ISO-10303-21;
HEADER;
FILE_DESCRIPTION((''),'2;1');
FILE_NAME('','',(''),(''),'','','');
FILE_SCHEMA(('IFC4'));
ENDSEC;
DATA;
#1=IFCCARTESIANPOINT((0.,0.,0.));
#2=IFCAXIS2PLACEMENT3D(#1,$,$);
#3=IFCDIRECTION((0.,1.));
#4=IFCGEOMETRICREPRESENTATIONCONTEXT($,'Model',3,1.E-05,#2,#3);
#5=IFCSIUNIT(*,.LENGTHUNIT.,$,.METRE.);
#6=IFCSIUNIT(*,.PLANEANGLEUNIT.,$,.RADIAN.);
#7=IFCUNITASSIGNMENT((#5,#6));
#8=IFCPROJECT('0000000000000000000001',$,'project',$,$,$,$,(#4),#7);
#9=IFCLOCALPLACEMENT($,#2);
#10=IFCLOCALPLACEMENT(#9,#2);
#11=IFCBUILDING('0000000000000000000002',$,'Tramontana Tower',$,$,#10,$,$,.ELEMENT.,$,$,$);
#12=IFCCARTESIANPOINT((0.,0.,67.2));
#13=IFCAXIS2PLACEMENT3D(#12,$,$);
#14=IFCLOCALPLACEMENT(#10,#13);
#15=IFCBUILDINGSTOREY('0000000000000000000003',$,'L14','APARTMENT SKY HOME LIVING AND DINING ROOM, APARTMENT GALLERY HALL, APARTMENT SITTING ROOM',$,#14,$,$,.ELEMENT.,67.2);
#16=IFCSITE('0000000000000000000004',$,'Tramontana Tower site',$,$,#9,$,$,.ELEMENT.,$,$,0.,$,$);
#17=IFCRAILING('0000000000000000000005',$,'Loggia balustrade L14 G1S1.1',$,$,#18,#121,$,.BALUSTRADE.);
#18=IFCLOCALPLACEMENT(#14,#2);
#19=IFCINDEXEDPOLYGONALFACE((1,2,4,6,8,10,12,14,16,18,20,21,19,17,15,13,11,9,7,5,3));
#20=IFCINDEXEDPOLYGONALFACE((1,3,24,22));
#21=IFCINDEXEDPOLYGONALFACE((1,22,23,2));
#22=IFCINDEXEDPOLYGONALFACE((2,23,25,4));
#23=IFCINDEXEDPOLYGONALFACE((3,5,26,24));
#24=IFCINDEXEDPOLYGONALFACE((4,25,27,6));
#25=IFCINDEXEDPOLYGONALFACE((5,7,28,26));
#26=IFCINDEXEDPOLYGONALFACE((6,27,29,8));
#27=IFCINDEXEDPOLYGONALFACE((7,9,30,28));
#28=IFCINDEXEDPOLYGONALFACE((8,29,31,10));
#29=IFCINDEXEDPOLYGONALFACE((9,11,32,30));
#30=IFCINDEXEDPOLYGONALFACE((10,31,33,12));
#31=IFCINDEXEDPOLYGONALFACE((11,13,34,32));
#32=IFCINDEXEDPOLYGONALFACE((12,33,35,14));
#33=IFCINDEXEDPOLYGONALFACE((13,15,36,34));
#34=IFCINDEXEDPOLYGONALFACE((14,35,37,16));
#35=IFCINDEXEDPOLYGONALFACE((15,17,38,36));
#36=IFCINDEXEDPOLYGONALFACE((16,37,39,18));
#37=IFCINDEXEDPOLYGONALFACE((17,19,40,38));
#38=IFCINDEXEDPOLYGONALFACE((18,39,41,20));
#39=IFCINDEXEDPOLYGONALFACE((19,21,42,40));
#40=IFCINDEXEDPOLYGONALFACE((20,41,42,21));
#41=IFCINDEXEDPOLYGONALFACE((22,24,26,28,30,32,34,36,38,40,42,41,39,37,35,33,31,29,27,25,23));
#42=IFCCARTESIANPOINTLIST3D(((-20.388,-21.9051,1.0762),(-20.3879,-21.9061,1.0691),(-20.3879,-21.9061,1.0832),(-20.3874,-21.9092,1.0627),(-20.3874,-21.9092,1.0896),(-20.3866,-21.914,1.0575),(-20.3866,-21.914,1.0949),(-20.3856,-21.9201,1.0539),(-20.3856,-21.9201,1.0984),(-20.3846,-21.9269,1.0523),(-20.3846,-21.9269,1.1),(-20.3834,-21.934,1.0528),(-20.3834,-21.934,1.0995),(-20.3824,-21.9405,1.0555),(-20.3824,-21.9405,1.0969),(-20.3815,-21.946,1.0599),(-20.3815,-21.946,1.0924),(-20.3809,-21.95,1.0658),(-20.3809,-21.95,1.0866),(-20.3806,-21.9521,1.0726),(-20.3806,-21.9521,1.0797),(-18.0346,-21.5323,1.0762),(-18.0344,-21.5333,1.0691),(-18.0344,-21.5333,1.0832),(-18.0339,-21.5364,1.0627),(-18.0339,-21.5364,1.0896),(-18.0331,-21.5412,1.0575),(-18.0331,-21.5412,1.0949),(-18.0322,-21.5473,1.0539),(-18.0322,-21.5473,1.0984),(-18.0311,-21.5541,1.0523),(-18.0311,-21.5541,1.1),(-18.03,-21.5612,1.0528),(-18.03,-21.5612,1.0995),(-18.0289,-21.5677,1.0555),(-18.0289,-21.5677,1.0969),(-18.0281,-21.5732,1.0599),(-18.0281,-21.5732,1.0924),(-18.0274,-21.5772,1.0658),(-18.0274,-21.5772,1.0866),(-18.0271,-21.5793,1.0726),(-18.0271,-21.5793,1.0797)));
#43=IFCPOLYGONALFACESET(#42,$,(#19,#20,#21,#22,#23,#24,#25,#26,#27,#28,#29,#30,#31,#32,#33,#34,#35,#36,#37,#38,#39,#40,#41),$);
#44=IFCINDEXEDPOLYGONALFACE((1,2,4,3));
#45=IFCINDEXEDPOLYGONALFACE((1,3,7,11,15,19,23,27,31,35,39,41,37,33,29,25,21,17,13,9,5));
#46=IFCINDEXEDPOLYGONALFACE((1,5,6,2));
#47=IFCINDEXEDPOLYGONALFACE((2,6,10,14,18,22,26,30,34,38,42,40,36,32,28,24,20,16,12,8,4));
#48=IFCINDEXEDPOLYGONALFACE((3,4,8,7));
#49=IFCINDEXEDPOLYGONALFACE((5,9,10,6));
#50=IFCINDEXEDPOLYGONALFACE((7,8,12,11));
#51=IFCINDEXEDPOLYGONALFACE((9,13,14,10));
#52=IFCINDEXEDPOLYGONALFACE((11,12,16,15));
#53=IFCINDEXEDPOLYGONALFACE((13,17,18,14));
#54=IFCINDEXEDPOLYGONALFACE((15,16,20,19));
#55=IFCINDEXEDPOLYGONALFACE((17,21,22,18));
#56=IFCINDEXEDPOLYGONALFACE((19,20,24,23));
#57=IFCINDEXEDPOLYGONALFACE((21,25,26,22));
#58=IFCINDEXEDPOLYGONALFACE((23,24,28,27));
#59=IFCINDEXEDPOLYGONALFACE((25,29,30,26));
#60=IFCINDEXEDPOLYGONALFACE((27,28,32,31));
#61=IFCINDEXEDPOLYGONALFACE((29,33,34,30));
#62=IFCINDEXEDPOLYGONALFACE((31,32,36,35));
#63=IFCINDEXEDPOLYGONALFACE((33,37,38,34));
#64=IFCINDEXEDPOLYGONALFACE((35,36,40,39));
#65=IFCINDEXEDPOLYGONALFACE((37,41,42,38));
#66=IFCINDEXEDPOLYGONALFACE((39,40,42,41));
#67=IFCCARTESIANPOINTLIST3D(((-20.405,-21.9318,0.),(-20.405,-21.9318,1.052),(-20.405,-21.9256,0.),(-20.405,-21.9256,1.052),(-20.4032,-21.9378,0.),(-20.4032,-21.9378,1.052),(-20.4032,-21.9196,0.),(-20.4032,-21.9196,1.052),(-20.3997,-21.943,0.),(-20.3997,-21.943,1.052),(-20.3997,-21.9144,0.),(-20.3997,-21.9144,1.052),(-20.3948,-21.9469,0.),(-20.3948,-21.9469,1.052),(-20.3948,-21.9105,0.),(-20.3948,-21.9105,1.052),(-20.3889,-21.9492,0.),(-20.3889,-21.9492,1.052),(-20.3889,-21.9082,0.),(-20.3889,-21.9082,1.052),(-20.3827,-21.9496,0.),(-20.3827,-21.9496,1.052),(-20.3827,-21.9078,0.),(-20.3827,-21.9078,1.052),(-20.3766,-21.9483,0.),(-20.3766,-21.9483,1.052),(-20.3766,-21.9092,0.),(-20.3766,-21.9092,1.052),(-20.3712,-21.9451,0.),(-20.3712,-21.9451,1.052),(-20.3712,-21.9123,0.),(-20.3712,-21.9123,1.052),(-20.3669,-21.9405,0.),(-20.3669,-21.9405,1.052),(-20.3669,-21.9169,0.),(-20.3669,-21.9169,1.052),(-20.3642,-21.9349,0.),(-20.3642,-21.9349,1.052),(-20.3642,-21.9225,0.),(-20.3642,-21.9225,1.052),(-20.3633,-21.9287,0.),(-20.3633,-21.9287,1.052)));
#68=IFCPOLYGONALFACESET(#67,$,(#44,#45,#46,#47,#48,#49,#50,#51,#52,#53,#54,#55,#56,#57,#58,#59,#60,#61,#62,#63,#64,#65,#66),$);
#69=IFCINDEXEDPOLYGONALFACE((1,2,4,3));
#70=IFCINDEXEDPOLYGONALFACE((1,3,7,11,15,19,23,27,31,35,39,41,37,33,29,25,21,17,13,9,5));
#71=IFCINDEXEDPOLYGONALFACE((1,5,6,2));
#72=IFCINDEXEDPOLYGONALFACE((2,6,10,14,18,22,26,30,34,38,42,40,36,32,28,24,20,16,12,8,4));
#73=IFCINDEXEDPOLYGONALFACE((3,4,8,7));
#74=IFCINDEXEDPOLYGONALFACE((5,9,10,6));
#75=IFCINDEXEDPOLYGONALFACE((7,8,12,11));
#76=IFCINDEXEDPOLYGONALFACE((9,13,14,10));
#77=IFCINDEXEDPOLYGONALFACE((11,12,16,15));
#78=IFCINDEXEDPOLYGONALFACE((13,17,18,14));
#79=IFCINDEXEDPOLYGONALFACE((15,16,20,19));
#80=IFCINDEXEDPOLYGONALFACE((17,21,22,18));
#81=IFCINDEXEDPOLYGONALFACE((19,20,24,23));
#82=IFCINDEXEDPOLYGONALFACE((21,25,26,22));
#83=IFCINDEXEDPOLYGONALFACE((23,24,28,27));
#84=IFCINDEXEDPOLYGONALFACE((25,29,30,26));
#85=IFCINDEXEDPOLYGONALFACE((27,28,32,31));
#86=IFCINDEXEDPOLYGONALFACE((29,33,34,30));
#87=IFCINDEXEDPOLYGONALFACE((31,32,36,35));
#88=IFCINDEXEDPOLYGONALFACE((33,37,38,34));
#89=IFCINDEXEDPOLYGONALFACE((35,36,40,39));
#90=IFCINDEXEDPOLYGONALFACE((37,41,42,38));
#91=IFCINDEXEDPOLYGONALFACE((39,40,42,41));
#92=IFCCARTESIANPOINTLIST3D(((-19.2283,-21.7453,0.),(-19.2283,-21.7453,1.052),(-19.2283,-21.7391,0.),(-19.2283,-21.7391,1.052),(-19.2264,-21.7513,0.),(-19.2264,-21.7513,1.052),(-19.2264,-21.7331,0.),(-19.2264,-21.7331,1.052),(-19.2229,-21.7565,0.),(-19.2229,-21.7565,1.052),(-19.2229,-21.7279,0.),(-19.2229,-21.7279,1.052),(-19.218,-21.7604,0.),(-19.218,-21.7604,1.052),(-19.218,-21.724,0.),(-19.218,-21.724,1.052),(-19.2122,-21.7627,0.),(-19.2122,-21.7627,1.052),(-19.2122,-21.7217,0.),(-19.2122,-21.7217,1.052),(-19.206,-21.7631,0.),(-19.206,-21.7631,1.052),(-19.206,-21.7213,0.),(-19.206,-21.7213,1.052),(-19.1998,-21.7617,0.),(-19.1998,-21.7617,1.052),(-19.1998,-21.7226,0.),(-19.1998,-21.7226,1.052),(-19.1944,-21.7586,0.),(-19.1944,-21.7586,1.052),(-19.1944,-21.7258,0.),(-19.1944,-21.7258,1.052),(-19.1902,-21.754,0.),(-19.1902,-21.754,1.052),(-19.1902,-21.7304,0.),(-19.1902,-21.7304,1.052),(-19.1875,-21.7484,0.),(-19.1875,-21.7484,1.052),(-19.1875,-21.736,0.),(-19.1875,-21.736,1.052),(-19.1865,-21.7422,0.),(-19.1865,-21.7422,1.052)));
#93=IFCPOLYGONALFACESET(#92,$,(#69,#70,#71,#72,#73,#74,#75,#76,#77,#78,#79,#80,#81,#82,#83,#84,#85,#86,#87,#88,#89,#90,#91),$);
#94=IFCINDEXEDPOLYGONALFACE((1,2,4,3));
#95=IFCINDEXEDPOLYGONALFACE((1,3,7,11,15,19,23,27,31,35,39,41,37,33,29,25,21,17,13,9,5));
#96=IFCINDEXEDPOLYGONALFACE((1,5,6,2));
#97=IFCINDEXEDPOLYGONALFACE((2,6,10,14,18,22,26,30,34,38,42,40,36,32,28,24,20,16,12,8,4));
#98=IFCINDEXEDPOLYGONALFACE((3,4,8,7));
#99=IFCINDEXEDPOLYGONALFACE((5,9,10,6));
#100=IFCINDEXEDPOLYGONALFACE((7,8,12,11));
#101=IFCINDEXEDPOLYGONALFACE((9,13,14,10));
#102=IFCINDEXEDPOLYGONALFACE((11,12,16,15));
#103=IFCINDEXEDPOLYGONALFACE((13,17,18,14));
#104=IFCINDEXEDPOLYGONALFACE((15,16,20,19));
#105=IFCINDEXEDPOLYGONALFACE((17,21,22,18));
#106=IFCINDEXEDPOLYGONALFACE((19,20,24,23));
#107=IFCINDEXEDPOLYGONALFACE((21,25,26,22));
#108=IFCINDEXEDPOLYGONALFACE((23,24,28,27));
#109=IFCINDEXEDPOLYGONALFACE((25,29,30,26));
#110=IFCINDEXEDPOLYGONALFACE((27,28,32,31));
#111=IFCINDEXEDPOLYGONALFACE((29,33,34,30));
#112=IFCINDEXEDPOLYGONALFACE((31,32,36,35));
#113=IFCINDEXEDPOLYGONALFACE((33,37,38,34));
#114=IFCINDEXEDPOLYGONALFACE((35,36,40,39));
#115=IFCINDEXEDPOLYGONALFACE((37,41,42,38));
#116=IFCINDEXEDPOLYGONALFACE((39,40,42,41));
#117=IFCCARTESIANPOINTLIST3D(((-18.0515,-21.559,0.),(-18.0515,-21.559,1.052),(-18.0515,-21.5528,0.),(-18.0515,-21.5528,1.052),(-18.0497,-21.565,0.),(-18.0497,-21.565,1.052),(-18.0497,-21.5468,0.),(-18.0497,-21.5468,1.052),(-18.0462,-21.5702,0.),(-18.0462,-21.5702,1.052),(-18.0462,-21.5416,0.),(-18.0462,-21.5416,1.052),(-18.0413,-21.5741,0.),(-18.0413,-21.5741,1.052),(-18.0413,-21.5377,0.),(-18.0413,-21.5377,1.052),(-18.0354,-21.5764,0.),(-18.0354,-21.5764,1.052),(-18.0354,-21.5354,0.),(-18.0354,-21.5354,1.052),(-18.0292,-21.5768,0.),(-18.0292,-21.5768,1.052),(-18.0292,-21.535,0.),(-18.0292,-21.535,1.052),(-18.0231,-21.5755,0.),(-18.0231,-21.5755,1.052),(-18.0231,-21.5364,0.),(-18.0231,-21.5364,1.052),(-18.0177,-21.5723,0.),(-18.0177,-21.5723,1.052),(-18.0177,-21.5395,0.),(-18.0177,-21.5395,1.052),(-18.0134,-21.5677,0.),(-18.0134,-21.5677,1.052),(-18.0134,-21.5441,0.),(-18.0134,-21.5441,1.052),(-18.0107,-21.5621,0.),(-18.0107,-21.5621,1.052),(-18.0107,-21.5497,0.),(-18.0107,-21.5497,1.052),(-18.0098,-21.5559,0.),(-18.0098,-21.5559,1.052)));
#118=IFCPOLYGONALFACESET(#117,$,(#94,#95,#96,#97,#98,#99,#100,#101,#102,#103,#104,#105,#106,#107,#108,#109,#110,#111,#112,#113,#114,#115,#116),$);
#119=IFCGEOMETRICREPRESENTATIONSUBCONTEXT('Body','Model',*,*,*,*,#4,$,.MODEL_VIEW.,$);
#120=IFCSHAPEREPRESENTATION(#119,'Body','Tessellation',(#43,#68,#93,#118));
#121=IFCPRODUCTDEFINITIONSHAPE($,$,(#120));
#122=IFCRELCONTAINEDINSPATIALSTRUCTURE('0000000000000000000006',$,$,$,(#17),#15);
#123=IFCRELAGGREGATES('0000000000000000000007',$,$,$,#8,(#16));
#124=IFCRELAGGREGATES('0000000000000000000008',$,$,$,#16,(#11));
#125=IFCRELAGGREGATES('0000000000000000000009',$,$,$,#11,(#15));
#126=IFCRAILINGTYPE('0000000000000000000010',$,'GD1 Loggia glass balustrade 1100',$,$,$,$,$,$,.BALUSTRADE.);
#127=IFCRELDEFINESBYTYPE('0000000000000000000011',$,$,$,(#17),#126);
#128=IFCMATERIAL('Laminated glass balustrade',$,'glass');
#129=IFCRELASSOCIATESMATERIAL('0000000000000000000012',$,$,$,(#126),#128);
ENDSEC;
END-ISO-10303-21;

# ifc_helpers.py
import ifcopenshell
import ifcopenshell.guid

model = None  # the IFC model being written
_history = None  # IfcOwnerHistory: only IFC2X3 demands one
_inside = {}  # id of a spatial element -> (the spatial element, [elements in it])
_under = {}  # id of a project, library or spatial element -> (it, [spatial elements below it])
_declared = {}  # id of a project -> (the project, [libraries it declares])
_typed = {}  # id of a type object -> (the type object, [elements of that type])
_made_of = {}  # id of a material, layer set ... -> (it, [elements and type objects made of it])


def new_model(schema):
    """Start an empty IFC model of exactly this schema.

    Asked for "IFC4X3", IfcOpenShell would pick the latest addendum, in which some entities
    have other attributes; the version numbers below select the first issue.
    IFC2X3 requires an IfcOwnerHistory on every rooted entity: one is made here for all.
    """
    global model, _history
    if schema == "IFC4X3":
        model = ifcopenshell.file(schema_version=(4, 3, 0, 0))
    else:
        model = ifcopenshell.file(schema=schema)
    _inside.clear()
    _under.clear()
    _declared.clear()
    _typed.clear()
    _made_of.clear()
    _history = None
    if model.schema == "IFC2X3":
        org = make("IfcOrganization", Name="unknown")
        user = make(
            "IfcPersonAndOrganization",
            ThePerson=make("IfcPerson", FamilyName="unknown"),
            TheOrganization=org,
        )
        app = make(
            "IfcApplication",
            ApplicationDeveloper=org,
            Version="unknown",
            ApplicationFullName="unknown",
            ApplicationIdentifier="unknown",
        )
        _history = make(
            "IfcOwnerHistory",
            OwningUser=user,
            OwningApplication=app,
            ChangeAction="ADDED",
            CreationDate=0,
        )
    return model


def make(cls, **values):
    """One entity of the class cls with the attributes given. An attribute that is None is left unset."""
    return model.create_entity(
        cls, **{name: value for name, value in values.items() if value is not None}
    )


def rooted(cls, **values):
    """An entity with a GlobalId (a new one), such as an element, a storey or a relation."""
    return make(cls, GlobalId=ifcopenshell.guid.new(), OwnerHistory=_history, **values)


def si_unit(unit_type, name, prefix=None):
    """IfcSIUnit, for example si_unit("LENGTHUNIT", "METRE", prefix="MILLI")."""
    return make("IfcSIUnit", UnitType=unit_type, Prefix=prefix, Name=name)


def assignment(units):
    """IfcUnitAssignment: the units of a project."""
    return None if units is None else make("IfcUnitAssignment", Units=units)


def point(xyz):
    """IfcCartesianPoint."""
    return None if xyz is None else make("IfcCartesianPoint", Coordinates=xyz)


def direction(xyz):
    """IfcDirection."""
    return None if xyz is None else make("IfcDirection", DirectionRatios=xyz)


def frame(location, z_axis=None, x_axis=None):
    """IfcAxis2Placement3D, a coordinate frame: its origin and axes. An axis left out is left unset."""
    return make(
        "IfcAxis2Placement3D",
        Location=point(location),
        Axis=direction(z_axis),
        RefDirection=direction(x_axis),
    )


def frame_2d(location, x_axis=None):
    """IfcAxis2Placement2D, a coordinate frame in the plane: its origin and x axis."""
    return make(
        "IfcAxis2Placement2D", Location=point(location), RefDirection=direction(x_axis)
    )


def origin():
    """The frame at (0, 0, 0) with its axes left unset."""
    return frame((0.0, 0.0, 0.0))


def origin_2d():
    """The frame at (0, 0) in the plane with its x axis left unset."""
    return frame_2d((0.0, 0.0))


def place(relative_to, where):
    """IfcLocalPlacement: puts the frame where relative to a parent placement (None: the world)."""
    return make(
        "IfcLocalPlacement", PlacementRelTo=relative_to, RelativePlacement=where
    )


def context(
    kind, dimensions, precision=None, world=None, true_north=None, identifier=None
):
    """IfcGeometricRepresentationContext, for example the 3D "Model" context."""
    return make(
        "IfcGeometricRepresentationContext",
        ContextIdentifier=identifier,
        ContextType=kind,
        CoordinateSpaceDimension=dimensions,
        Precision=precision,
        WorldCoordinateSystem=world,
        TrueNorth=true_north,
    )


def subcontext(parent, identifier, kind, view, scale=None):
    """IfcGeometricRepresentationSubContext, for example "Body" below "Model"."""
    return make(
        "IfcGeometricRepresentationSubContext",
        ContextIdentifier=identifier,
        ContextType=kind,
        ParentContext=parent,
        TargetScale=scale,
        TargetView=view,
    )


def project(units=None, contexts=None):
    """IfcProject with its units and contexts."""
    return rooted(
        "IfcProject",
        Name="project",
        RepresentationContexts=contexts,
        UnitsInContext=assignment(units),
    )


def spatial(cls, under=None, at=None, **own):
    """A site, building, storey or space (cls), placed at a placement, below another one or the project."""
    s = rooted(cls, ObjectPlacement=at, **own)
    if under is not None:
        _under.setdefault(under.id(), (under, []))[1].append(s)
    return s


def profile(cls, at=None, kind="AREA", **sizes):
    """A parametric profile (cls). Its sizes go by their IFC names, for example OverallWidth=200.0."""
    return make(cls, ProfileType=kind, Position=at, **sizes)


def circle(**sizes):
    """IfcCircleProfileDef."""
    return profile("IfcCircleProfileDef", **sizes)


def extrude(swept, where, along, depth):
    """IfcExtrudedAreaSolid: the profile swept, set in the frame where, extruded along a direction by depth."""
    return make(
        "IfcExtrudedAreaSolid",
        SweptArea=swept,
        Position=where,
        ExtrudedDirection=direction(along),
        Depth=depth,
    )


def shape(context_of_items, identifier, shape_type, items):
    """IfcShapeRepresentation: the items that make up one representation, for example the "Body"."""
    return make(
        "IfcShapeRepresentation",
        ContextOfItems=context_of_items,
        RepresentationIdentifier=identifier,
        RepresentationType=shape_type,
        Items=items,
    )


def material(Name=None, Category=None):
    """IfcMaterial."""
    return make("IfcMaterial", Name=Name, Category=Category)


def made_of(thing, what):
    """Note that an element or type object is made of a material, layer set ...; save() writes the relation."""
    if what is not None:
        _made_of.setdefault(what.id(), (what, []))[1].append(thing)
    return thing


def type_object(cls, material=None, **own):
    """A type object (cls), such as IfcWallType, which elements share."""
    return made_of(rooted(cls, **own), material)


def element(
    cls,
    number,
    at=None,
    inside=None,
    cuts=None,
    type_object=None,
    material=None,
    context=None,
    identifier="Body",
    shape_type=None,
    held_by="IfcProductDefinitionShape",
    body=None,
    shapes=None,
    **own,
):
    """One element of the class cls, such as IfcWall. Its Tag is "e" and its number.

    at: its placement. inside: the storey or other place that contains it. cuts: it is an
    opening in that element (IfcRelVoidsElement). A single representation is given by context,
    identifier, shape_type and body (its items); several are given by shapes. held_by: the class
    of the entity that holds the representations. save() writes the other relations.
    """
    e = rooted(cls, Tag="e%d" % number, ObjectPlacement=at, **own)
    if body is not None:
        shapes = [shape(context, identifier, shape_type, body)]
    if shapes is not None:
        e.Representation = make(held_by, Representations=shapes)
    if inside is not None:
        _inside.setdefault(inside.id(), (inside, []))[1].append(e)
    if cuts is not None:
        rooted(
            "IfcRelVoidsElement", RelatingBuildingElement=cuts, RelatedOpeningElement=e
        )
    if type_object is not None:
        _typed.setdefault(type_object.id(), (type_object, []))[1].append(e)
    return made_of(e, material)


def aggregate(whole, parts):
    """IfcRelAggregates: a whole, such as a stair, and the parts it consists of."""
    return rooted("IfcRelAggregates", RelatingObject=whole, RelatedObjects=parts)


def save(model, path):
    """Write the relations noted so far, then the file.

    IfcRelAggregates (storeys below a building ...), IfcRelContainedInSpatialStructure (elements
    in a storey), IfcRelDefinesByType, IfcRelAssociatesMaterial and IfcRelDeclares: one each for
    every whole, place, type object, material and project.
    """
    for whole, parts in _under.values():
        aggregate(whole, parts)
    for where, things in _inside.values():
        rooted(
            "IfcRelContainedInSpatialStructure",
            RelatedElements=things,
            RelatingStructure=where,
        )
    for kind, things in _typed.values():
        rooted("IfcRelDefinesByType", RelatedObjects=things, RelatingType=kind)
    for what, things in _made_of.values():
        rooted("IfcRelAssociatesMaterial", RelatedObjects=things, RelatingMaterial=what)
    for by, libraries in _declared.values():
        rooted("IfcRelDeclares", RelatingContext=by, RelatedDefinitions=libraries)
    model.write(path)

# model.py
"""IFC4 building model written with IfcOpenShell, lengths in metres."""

from ifc_helpers import new_model, si_unit, direction, frame, origin, origin_2d, place, context, subcontext, project, spatial, circle, extrude, material, type_object, element, save


model = new_model("IFC4")

# Units and contexts
model_context = context("Model", 3, precision=1e-05, world=origin(), true_north=direction((0.0, 1.0)))
body_context = subcontext(model_context, "Body", "Model", "MODEL_VIEW")
ifc_project = project(units=[si_unit("LENGTHUNIT", "METRE"), si_unit("PLANEANGLEUNIT", "RADIAN")], contexts=[model_context])

# Site, building, storey
site_placement = place(None, origin())
site = spatial("IfcSite", under=ifc_project, at=site_placement, Name="Tramontana Tower site", CompositionType="ELEMENT", RefElevation=0.0)
building_placement = place(site_placement, origin())
building = spatial("IfcBuilding", under=site, at=building_placement, Name="Tramontana Tower", CompositionType="ELEMENT")
storey_placement = place(building_placement, frame((0.0, 0.0, 67.2)))
storey = spatial("IfcBuildingStorey", under=building, at=storey_placement, Name="L14", Description="APARTMENT SKY HOME LIVING AND DINING ROOM, APARTMENT GALLERY HALL, APARTMENT SITTING ROOM", CompositionType="ELEMENT", Elevation=67.2)

# Railing
ifc_material_1 = material(Name="Laminated glass balustrade", Category="glass")
railing_type = type_object("IfcRailingType", Name="GD1 Loggia glass balustrade 1100", PredefinedType="BALUSTRADE", material=ifc_material_1)
railing_1_placement = place(storey_placement, frame((-20.3843, -21.9287, 0.0)))
element("IfcRailing", 1, at=railing_1_placement, inside=storey, type_object=railing_type, Name="Loggia balustrade L14 G1S1.1", PredefinedType="BALUSTRADE", context=body_context, shape_type="SweptSolid", body=[
    extrude(circle(Radius=0.0239, at=origin_2d()), frame((0.0, 0.0, 1.0762), z_axis=(0.987686, 0.156452, 0.0), x_axis=(-0.156452, 0.987686, 0.0)), (0.0, 0.0, 1.0), 2.3828),
    extrude(circle(Radius=0.021, at=origin_2d()), origin(), (0.0, 0.0, 1.0), 1.052),
    extrude(circle(Radius=0.021, at=origin_2d()), frame((1.1768, 0.1865, 0.0)), (0.0, 0.0, 1.0), 1.052),
    extrude(circle(Radius=0.021, at=origin_2d()), frame((2.3535, 0.3728, 0.0)), (0.0, 0.0, 1.0), 1.052),
])

save(model, "model.ifc")
